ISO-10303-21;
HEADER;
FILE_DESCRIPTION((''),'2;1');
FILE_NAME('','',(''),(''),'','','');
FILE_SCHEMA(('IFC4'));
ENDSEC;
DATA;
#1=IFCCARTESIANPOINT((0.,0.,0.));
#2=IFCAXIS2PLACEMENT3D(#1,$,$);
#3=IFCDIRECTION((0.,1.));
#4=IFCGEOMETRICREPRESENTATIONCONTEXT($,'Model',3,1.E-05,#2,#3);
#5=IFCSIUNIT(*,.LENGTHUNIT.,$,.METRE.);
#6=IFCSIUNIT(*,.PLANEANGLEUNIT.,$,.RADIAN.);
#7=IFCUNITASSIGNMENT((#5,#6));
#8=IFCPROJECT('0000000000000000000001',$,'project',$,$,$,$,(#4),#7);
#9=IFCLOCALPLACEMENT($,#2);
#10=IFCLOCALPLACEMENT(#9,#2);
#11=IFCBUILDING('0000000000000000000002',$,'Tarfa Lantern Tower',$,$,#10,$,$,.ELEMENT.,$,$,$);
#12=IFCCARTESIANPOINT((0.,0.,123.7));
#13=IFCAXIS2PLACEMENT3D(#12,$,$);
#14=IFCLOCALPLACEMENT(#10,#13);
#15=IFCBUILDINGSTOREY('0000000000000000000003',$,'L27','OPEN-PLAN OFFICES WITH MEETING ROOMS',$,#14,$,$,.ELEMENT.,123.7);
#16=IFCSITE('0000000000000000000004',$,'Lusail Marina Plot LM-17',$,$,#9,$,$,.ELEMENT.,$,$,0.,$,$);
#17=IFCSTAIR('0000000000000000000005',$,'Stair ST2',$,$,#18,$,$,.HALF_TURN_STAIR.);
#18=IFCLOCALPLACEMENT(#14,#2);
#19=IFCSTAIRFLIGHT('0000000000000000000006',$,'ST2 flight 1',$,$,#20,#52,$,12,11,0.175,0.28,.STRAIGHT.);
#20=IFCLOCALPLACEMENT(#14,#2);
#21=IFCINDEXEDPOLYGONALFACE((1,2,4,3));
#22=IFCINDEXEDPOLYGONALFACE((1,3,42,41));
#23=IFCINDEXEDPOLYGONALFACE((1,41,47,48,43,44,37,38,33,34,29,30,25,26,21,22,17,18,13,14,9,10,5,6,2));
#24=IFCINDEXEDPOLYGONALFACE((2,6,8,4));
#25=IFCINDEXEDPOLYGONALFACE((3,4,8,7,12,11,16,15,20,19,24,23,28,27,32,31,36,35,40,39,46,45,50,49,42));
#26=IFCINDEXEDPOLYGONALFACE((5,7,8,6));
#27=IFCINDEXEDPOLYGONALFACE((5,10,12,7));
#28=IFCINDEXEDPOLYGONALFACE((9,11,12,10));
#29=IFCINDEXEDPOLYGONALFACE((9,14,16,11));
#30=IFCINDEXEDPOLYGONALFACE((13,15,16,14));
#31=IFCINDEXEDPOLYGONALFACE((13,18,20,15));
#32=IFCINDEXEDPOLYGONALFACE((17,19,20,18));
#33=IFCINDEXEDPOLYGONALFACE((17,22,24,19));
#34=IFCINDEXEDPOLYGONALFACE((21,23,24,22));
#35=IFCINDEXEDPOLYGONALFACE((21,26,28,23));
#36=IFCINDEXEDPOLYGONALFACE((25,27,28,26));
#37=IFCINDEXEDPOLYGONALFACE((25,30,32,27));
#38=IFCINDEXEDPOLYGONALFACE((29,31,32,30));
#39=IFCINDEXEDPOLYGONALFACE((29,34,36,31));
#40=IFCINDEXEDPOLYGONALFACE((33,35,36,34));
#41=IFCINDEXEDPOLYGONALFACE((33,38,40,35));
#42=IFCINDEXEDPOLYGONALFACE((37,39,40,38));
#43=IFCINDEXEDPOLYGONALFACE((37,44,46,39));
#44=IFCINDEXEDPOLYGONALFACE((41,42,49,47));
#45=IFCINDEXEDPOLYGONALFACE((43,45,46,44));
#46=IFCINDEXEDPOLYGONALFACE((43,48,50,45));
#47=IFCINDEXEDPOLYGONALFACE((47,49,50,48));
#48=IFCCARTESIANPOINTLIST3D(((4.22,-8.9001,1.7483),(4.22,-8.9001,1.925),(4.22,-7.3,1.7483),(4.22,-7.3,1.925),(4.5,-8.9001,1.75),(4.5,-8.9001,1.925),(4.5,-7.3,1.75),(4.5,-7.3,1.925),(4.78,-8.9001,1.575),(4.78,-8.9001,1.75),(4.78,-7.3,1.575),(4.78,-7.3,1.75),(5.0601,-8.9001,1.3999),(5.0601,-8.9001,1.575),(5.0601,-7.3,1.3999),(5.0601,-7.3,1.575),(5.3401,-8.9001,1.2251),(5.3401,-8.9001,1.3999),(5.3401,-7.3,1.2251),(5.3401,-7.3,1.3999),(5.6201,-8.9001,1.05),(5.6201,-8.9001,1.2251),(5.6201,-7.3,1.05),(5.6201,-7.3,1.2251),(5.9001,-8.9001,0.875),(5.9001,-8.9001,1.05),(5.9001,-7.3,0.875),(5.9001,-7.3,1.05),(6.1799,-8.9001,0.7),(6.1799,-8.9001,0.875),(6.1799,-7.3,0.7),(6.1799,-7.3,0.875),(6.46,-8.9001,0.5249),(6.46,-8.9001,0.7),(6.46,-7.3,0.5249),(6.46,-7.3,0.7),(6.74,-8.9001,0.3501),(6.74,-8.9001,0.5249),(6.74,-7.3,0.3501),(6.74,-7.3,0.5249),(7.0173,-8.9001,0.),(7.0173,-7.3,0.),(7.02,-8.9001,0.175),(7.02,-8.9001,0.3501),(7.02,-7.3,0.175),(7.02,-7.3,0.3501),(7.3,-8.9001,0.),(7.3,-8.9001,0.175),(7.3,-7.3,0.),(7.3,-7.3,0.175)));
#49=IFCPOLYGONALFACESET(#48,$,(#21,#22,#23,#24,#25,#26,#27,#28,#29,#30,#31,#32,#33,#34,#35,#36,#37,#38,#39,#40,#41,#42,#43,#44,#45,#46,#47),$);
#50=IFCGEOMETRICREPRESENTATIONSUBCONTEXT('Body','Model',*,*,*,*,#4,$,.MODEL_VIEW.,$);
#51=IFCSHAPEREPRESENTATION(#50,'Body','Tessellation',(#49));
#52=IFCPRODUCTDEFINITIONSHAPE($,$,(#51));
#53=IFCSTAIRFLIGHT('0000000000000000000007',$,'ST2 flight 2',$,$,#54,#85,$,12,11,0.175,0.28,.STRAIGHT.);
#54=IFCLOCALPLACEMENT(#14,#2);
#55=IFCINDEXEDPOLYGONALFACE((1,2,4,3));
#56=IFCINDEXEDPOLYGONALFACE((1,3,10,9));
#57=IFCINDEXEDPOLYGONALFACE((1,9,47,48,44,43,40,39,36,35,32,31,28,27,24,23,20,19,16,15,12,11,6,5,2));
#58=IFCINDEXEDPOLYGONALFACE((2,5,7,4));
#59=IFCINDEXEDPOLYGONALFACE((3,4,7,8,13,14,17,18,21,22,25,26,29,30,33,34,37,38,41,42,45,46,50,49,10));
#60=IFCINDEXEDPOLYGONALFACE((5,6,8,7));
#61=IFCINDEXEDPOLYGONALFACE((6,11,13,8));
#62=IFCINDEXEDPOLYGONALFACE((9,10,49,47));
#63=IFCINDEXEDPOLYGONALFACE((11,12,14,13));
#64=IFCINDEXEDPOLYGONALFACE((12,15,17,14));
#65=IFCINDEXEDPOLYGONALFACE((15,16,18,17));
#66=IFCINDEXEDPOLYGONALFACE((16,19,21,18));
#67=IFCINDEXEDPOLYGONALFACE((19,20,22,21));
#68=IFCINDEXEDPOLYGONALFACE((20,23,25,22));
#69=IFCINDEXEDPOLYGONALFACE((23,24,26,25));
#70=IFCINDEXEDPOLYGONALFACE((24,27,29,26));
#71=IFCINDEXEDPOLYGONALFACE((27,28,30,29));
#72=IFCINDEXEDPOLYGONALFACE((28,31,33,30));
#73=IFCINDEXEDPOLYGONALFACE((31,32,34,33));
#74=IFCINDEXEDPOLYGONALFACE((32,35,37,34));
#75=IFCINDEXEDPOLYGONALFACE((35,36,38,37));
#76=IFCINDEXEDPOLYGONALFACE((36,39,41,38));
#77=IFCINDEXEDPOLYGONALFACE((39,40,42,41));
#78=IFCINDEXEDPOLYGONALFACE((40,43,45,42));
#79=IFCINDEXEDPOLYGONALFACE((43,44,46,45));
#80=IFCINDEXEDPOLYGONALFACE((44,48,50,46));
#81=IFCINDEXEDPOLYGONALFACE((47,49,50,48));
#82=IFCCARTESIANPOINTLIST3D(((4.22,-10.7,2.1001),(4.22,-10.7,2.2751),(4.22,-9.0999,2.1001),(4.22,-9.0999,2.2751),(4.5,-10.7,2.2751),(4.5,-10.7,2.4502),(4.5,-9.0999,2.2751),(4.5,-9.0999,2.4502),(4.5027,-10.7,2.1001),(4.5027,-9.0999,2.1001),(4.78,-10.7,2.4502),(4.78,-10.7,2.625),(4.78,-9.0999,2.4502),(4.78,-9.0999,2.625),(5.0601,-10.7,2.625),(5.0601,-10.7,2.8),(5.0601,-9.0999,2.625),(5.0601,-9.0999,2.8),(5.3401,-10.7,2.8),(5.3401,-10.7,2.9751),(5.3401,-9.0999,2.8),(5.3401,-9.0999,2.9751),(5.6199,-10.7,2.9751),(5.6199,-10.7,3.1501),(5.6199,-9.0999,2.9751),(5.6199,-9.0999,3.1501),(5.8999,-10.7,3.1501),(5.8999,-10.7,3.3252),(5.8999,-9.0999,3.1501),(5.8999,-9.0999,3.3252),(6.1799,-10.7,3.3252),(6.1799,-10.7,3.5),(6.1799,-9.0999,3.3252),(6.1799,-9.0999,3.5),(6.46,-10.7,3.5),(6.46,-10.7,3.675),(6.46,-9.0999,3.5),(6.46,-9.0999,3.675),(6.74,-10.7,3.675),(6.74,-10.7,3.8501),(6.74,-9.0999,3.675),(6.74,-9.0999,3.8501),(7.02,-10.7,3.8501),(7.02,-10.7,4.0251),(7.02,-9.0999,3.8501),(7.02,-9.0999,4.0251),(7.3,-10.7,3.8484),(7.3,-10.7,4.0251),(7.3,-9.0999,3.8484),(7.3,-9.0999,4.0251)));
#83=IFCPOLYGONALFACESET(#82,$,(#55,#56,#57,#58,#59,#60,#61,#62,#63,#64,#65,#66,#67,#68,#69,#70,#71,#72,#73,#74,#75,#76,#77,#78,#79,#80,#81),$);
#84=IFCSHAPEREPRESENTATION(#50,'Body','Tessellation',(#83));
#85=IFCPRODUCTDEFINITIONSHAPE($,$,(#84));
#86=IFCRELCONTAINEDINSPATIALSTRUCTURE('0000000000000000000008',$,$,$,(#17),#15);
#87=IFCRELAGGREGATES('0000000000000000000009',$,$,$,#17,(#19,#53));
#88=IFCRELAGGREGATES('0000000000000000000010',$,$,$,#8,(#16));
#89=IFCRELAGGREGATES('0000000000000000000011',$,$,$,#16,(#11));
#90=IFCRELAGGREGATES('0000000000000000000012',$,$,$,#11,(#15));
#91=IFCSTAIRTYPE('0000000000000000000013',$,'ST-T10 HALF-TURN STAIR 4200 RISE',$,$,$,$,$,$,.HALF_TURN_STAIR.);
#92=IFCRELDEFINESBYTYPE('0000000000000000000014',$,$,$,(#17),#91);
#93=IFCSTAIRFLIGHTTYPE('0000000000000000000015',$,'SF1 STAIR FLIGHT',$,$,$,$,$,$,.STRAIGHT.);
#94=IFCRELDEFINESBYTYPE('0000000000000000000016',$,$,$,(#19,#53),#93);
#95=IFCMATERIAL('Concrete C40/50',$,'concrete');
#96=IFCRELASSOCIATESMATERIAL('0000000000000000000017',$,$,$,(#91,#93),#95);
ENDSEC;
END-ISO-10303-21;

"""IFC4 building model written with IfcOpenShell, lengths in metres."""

from ifc_helpers import new_model, si_unit, direction, frame, origin, place, context, subcontext, project, spatial, polyline, outline, extrude, material, type_object, element, aggregate, save


model = new_model("IFC4")

# Units and contexts
model_context = context("Model", 3, precision=1e-05, world=origin(), true_north=direction((0.0, 1.0)))
body_context = subcontext(model_context, "Body", "Model", "MODEL_VIEW")
ifc_project = project(units=[si_unit("LENGTHUNIT", "METRE"), si_unit("PLANEANGLEUNIT", "RADIAN")], contexts=[model_context])

# Site, building, storey
site_placement = place(None, origin())
site = spatial("IfcSite", under=ifc_project, at=site_placement, Name="Lusail Marina Plot LM-17", CompositionType="ELEMENT", RefElevation=0.0)
building_placement = place(site_placement, origin())
building = spatial("IfcBuilding", under=site, at=building_placement, Name="Tarfa Lantern Tower", CompositionType="ELEMENT")
storey_placement = place(building_placement, frame((0.0, 0.0, 123.7)))
storey = spatial("IfcBuildingStorey", under=building, at=storey_placement, Name="L27", Description="OPEN-PLAN OFFICES WITH MEETING ROOMS", CompositionType="ELEMENT", Elevation=123.7)

# Stair, stair flights
ifc_material_1 = material(Name="Concrete C40/50", Category="concrete")
stair_type = type_object("IfcStairType", Name="ST-T10 HALF-TURN STAIR 4200 RISE", PredefinedType="HALF_TURN_STAIR", material=ifc_material_1)
stair_placement = place(storey_placement, origin())
stair = element("IfcStair", 1, at=stair_placement, inside=storey, type_object=stair_type, Name="Stair ST2", PredefinedType="HALF_TURN_STAIR")
stair_flight_type = type_object("IfcStairFlightType", Name="SF1 STAIR FLIGHT", PredefinedType="STRAIGHT", material=ifc_material_1)
stair_flight_1_placement = place(storey_placement, frame((7.3, -8.1001, 0.0), z_axis=(0.0, 0.0, 1.0), x_axis=(-1.0, 0.0, 0.0)))
stair_flight_1 = element("IfcStairFlight", 2, at=stair_flight_1_placement, type_object=stair_flight_type, Name="ST2 flight 1", NumberOfRisers=12, NumberOfTreads=11, PredefinedType="STRAIGHT", RiserHeight=0.175, TreadLength=0.28, context=body_context, shape_type="SweptSolid", body=[
    extrude(outline(polyline([(0.0, 0.0), (0.0, 0.175), (0.28, 0.175), (0.28, 0.3501), (0.5601, 0.3501), (0.5601, 0.5249), (0.8401, 0.5249), (0.8401, 0.7), (1.1201, 0.7), (1.1201, 0.875), (1.3999, 0.875), (1.3999, 1.05), (1.6799, 1.05), (1.6799, 1.2251), (1.96, 1.2251), (1.96, 1.3999), (2.24, 1.3999), (2.24, 1.575), (2.52, 1.575), (2.52, 1.75), (2.8, 1.75), (2.8, 1.925), (3.0801, 1.925), (3.0801, 2.1001), (3.0801, 1.7483), (0.2827, 0.0), (0.0, 0.0)])), frame((0.0, 0.8, 0.0), z_axis=(0.0, -1.0, 0.0), x_axis=(1.0, 0.0, 0.0)), (0.0, 0.0, 1.0), 1.6001),
])
stair_flight_2_placement = place(storey_placement, frame((4.22, -9.8999, 2.1001), z_axis=(0.0, 0.0, 1.0), x_axis=(1.0, 0.0, 0.0)))
stair_flight_2 = element("IfcStairFlight", 3, at=stair_flight_2_placement, type_object=stair_flight_type, Name="ST2 flight 2", NumberOfRisers=12, NumberOfTreads=11, PredefinedType="STRAIGHT", RiserHeight=0.175, TreadLength=0.28, context=body_context, shape_type="SweptSolid", body=[
    extrude(outline(polyline([(0.0, 0.0), (0.0, 0.175), (0.28, 0.175), (0.28, 0.3501), (0.5601, 0.3501), (0.5601, 0.5249), (0.8401, 0.5249), (0.8401, 0.7), (1.1201, 0.7), (1.1201, 0.875), (1.3999, 0.875), (1.3999, 1.05), (1.6799, 1.05), (1.6799, 1.2251), (1.96, 1.2251), (1.96, 1.3999), (2.24, 1.3999), (2.24, 1.575), (2.52, 1.575), (2.52, 1.75), (2.8, 1.75), (2.8, 1.925), (3.0801, 1.925), (3.0801, 2.1001), (3.0801, 1.7483), (0.2827, 0.0), (0.0, 0.0)])), frame((0.0, 0.8, 0.0), z_axis=(0.0, -1.0, 0.0), x_axis=(1.0, 0.0, 0.0)), (0.0, 0.0, 1.0), 1.6001),
])
aggregate(stair, [stair_flight_1, stair_flight_2])

save(model, "model.ifc")
